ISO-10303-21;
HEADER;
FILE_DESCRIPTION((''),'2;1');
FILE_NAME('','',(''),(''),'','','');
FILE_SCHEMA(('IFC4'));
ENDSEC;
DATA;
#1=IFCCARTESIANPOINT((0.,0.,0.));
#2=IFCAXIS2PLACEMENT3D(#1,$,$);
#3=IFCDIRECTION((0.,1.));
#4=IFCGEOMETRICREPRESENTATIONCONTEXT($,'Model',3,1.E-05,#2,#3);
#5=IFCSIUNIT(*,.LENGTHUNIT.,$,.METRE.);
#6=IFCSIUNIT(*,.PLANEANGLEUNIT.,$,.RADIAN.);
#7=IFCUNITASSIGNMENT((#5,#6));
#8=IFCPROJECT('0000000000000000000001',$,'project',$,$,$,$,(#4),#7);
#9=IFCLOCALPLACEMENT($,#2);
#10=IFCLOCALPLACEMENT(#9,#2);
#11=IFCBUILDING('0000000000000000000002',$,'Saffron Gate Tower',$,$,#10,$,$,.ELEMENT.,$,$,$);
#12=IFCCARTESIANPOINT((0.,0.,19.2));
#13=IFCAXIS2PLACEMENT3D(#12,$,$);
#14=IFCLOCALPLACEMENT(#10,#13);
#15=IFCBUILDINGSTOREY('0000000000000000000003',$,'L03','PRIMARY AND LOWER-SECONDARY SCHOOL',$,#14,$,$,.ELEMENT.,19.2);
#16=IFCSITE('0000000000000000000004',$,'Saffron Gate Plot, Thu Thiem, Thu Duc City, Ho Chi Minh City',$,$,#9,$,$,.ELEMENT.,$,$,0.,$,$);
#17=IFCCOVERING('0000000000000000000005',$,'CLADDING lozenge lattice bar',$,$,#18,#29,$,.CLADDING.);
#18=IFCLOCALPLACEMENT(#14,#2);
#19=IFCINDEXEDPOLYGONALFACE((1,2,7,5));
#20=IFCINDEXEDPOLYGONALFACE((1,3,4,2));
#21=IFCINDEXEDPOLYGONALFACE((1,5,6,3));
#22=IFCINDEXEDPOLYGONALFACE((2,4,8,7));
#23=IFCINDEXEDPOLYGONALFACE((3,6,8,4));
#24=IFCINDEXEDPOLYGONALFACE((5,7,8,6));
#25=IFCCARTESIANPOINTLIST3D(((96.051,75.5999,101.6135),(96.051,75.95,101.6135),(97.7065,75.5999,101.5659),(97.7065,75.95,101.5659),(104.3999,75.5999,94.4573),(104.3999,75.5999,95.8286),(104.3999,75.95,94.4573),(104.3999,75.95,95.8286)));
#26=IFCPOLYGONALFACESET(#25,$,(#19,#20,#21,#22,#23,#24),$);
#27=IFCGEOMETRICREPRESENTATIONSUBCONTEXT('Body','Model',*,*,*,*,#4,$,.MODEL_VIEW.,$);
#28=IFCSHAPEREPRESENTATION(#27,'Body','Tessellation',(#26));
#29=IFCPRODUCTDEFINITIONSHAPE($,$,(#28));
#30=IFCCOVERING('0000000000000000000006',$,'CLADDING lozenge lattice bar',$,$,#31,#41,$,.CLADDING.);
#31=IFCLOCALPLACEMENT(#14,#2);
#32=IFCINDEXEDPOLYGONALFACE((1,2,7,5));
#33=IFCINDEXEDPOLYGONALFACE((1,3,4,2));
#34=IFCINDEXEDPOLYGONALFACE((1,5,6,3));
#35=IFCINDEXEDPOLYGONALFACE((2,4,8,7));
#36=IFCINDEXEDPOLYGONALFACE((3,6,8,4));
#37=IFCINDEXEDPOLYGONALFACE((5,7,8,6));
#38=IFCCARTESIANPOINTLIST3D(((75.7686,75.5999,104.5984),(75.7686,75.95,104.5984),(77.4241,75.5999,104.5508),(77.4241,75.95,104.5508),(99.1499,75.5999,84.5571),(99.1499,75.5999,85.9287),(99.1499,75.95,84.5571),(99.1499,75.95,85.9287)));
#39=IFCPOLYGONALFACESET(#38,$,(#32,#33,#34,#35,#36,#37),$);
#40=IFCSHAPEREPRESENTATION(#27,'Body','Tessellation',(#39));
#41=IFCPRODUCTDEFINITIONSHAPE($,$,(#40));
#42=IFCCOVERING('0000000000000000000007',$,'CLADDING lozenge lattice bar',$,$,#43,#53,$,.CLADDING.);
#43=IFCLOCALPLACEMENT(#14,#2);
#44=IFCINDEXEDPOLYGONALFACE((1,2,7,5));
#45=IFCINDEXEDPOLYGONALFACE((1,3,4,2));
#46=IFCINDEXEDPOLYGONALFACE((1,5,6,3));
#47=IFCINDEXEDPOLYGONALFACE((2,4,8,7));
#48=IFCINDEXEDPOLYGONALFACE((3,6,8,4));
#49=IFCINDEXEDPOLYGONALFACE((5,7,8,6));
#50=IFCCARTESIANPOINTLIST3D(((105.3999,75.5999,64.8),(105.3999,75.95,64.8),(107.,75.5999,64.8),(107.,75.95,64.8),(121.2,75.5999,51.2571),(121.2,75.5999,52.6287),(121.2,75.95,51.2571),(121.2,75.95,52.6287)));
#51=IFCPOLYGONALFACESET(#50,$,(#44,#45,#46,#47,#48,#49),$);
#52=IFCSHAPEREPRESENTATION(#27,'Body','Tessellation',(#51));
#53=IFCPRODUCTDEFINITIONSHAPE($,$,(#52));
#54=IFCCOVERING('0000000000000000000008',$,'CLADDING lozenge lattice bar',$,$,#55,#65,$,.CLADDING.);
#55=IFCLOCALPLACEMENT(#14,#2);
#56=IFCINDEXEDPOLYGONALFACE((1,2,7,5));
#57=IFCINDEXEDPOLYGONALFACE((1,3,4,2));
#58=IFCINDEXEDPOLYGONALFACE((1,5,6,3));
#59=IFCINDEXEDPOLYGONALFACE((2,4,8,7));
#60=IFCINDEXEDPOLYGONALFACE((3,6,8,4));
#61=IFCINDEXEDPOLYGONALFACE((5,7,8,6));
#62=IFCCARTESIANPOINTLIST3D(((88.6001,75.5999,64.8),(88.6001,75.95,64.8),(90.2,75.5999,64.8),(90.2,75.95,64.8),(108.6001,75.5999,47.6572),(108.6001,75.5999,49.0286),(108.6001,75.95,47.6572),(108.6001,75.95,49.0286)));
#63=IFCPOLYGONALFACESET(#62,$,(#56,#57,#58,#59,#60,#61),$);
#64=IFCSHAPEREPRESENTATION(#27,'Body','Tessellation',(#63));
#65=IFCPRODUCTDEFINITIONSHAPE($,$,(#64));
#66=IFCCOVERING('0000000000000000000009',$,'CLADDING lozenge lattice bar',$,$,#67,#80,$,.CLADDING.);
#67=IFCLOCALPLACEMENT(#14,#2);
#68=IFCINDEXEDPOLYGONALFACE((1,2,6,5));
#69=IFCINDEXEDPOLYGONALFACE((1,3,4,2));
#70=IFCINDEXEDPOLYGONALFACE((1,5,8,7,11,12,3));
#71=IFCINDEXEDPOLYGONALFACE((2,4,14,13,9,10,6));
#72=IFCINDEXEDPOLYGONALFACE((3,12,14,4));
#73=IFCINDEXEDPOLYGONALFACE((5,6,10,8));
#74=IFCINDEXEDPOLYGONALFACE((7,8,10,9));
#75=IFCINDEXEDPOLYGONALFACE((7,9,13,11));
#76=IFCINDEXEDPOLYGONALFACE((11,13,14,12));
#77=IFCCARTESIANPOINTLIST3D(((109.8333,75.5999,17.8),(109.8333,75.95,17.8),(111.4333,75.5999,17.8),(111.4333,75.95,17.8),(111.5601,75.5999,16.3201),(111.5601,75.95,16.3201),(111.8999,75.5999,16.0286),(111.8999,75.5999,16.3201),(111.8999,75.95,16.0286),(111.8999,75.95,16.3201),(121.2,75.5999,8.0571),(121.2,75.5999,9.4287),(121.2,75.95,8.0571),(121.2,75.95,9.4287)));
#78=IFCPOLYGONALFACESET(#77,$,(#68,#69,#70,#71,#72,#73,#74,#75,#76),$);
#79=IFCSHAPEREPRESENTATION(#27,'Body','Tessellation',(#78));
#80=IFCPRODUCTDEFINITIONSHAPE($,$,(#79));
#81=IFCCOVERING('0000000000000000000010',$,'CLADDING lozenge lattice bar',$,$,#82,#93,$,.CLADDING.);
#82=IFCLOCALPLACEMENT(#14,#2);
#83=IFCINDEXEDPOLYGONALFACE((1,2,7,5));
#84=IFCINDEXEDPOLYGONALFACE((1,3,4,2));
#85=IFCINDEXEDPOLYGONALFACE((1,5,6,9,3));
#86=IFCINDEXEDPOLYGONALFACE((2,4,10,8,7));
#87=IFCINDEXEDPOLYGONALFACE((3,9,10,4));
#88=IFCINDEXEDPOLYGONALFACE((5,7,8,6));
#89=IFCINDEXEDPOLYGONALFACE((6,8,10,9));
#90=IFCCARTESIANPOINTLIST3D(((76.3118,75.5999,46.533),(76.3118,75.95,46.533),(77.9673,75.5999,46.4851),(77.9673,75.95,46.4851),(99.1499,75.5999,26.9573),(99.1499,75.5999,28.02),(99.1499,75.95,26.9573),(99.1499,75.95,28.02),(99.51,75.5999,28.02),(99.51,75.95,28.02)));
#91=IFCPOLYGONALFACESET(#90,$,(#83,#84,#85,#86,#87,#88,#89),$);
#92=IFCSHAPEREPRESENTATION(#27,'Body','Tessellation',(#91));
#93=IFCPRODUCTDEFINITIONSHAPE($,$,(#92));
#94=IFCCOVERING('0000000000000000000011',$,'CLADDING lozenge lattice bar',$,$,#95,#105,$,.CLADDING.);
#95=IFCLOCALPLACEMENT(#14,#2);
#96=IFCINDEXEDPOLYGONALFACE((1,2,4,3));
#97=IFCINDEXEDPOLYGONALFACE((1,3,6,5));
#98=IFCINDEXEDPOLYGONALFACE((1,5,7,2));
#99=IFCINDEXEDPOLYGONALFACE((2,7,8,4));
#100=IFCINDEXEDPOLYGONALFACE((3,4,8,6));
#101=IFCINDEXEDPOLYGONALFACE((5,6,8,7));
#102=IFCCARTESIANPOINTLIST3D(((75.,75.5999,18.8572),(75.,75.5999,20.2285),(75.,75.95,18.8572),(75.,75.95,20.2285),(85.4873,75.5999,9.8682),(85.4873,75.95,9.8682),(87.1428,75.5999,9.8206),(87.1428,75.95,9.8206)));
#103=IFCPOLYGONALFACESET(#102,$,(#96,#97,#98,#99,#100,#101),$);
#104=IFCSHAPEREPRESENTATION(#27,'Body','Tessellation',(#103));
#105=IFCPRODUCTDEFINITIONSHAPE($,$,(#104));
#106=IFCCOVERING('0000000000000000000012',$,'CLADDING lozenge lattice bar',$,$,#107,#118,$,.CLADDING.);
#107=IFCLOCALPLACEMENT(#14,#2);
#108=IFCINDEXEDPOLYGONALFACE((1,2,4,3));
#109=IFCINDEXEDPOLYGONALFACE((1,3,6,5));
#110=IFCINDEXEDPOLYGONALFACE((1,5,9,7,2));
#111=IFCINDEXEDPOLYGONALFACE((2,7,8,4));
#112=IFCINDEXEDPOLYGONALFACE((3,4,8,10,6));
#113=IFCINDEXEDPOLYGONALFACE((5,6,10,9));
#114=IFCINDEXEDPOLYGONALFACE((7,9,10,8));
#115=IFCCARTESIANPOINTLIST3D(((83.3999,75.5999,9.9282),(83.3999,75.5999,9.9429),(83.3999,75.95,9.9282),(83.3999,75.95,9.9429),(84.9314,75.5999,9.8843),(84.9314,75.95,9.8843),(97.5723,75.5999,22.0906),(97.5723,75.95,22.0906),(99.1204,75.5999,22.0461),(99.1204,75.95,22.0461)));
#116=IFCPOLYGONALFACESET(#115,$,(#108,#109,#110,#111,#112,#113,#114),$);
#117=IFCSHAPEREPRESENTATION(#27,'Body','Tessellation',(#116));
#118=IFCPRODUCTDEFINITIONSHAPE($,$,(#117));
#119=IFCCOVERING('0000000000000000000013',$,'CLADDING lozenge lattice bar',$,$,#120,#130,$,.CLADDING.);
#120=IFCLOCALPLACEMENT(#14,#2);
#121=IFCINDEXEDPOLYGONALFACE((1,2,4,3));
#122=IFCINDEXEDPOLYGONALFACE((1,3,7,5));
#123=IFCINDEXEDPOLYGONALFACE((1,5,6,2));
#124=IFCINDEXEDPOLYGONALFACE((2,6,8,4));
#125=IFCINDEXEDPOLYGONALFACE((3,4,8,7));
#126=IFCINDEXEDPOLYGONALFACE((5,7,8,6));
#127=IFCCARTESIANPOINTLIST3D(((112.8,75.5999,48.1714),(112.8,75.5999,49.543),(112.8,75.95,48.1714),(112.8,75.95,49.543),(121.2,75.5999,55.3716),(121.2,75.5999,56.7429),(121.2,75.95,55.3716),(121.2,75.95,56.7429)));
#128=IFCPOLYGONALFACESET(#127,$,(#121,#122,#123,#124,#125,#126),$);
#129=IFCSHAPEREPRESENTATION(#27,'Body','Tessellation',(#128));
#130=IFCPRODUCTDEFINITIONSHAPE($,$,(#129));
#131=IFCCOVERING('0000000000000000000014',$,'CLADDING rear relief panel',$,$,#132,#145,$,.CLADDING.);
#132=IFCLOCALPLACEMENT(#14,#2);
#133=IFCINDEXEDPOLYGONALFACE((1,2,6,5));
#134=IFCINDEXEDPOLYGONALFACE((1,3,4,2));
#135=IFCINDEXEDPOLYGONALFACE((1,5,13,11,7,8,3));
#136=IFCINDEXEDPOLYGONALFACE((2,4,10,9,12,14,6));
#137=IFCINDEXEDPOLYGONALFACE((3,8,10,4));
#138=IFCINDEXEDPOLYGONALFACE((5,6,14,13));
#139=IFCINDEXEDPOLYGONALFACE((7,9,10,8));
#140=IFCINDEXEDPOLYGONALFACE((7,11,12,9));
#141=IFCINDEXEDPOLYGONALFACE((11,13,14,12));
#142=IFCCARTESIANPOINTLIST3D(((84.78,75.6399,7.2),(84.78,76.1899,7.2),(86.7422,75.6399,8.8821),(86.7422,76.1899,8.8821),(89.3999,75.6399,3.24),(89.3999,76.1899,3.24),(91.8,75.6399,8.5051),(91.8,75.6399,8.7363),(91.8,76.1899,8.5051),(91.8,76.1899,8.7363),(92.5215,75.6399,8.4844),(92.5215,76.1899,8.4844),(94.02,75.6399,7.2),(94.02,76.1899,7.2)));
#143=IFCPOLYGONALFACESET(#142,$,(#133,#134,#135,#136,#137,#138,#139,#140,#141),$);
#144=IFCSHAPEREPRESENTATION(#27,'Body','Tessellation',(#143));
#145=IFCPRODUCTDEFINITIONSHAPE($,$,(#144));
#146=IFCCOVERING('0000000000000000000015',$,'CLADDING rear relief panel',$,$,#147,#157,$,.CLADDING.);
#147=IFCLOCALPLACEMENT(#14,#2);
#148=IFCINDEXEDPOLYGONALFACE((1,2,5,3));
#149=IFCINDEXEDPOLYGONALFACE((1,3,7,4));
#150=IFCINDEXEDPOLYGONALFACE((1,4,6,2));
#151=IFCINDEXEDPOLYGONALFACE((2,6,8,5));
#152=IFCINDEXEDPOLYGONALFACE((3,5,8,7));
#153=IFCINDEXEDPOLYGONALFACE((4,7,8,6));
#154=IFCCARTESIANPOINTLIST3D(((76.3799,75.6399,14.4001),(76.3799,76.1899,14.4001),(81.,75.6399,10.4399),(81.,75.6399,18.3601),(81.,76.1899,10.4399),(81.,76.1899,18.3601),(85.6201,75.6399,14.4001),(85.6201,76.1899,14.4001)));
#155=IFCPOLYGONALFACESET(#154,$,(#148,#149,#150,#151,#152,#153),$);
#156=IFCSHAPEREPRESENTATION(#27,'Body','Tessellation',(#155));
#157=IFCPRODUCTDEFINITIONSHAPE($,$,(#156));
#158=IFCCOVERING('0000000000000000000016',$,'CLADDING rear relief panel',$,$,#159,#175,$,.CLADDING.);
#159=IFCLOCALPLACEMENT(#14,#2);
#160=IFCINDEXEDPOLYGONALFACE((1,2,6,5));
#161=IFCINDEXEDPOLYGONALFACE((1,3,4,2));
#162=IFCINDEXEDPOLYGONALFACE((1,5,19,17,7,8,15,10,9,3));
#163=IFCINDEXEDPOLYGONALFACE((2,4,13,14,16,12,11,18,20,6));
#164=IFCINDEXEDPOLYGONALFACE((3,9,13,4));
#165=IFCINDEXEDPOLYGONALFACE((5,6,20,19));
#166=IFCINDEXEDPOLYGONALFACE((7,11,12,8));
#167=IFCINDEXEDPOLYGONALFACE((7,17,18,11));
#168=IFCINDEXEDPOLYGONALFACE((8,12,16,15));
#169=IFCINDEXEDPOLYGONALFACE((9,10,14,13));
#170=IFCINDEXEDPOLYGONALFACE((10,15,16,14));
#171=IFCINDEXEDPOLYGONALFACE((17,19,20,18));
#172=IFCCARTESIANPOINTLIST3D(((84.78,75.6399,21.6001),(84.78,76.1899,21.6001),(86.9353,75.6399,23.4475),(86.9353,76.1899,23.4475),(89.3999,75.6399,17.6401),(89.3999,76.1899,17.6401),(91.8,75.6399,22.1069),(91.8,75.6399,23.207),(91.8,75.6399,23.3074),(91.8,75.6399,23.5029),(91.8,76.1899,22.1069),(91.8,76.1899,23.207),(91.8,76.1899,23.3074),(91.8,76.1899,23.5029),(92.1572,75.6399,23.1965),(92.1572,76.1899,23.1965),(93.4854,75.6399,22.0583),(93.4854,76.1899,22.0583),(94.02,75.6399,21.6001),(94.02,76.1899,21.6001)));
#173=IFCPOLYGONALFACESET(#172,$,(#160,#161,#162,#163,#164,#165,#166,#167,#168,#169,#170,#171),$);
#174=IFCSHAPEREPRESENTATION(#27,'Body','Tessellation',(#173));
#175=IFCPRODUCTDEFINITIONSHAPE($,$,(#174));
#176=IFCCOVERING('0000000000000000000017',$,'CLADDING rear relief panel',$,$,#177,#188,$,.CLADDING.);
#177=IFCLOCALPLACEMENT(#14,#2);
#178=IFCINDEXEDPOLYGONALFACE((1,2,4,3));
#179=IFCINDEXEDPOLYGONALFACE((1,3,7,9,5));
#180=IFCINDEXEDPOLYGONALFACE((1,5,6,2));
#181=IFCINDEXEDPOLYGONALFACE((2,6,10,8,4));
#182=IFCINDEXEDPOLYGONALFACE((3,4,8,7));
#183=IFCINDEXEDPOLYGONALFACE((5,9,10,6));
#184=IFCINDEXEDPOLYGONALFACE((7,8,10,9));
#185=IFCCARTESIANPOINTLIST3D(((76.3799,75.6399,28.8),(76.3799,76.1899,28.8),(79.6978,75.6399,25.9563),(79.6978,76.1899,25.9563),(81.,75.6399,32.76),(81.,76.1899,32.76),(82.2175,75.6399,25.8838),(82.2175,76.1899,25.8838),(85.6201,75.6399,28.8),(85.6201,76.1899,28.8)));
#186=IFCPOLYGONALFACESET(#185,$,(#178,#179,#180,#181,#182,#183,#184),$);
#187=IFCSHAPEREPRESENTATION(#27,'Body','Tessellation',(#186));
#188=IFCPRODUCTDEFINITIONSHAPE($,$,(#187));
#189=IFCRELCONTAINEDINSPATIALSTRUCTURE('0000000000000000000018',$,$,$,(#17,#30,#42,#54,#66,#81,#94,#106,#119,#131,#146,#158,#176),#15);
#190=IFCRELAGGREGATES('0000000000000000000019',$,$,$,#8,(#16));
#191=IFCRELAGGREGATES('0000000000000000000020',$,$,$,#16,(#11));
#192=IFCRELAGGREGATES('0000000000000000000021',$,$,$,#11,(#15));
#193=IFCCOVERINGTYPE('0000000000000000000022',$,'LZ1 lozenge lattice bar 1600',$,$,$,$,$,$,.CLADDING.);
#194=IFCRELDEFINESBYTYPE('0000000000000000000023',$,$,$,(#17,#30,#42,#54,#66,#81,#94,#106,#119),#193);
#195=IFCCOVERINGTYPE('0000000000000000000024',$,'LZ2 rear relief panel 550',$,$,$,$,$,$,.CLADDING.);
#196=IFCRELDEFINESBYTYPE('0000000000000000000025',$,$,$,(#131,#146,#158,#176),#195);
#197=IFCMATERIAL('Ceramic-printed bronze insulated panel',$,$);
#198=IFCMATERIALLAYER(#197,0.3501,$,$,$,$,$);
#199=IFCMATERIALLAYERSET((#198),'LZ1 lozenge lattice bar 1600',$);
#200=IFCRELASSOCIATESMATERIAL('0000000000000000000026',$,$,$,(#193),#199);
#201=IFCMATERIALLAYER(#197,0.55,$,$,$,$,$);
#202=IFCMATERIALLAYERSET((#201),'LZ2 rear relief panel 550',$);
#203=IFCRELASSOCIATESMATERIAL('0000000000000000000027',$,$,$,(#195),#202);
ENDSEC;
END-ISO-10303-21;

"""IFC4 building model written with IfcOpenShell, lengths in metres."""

from ifc_helpers import new_model, si_unit, direction, frame, origin, place, context, subcontext, project, spatial, polyline, outline, extrude, material, layer, layer_set, type_object, element, save


model = new_model("IFC4")

# Units and contexts
model_context = context("Model", 3, precision=1e-05, world=origin(), true_north=direction((0.0, 1.0)))
body_context = subcontext(model_context, "Body", "Model", "MODEL_VIEW")
ifc_project = project(units=[si_unit("LENGTHUNIT", "METRE"), si_unit("PLANEANGLEUNIT", "RADIAN")], contexts=[model_context])

# Site, building, storey
site_placement = place(None, origin())
site = spatial("IfcSite", under=ifc_project, at=site_placement, Name="Saffron Gate Plot, Thu Thiem, Thu Duc City, Ho Chi Minh City", CompositionType="ELEMENT", RefElevation=0.0)
building_placement = place(site_placement, origin())
building = spatial("IfcBuilding", under=site, at=building_placement, Name="Saffron Gate Tower", CompositionType="ELEMENT")
storey_placement = place(building_placement, frame((0.0, 0.0, 19.2)))
storey = spatial("IfcBuildingStorey", under=building, at=storey_placement, Name="L03", Description="PRIMARY AND LOWER-SECONDARY SCHOOL", CompositionType="ELEMENT", Elevation=19.2)

# Coverings
ifc_material = material(Name="Ceramic-printed bronze insulated panel")
ifc_layer_1 = layer(ifc_material, 0.3501)
ifc_layer_set_1 = layer_set([ifc_layer_1], Name="LZ1 lozenge lattice bar 1600")
covering_type_1 = type_object("IfcCoveringType", Name="LZ1 lozenge lattice bar 1600", PredefinedType="CLADDING", material=ifc_layer_set_1)
covering_1_placement = place(storey_placement, frame((104.3999, 75.95, 95.8286), z_axis=(0.0, 1.0, 0.0), x_axis=(0.0, 0.0, -1.0)))
element("IfcCovering", 1, at=covering_1_placement, inside=storey, type_object=covering_type_1, Name="CLADDING lozenge lattice bar", PredefinedType="CLADDING", context=body_context, shape_type="SweptSolid", body=[
    extrude(outline(polyline([(0.0, 0.0), (1.3713, 0.0), (-5.7849, 8.3489), (-5.7373, 6.6934), (0.0, 0.0)])), origin(), (0.0, 0.0, -1.0), 0.3501),
])
covering_2_placement = place(storey_placement, frame((99.1499, 75.95, 85.9287), z_axis=(0.0, 1.0, 0.0), x_axis=(0.0, 0.0, -1.0)))
element("IfcCovering", 2, at=covering_2_placement, inside=storey, type_object=covering_type_1, Name="CLADDING lozenge lattice bar", PredefinedType="CLADDING", context=body_context, shape_type="SweptSolid", body=[
    extrude(outline(polyline([(0.0, 0.0), (1.3716, 0.0), (-18.6697, 23.3813), (-18.6221, 21.7258), (0.0, 0.0)])), origin(), (0.0, 0.0, -1.0), 0.3501),
])
covering_3_placement = place(storey_placement, frame((121.2, 75.95, 51.2571), z_axis=(0.0, 1.0, 0.0), x_axis=(-0.759255, 0.0, 0.650793)))
element("IfcCovering", 3, at=covering_3_placement, inside=storey, type_object=covering_type_1, Name="CLADDING lozenge lattice bar", PredefinedType="CLADDING", context=body_context, shape_type="SweptSolid", body=[
    extrude(outline(polyline([(0.0, 0.0), (20.8099, 0.0), (19.5951, 1.0413), (0.8926, 1.0414), (0.0, 0.0)])), origin(), (0.0, 0.0, -1.0), 0.3501),
])
covering_4_placement = place(storey_placement, frame((108.6001, 75.95, 49.0286), z_axis=(0.0, 1.0, 0.0), x_axis=(0.0, 0.0, -1.0)))
element("IfcCovering", 4, at=covering_4_placement, inside=storey, type_object=covering_type_1, Name="CLADDING lozenge lattice bar", PredefinedType="CLADDING", context=body_context, shape_type="SweptSolid", body=[
    extrude(outline(polyline([(0.0, 0.0), (1.3713, 0.0), (-15.7715, 20.0), (-15.7715, 18.4001), (0.0, 0.0)])), origin(), (0.0, 0.0, -1.0), 0.3501),
])
covering_5_placement = place(storey_placement, frame((121.2, 75.95, 8.0571), z_axis=(0.0, 1.0, 0.0), x_axis=(-0.759258, 0.0, 0.65079)))
element("IfcCovering", 5, at=covering_5_placement, inside=storey, type_object=covering_type_1, Name="CLADDING lozenge lattice bar", PredefinedType="CLADDING", context=body_context, shape_type="SweptSolid", body=[
    extrude(outline(polyline([(0.0, 0.0), (12.2489, 0.0), (12.4386, 0.2213), (12.6966, 0.0002), (14.9708, 0.0001), (13.756, 1.0414), (0.8926, 1.0414), (0.0, 0.0)])), origin(), (0.0, 0.0, -1.0), 0.3501),
])
covering_6_placement = place(storey_placement, frame((99.51, 75.95, 28.02), z_axis=(0.0, 1.0, 0.0), x_axis=(-1.0, 0.0, 0.0)))
element("IfcCovering", 6, at=covering_6_placement, inside=storey, type_object=covering_type_1, Name="CLADDING lozenge lattice bar", PredefinedType="CLADDING", context=body_context, shape_type="SweptSolid", body=[
    extrude(outline(polyline([(0.0, 0.0), (0.3601, 0.0), (0.3601, -1.0627), (23.1982, 18.5129), (21.5427, 18.4651), (0.0, 0.0)])), origin(), (0.0, 0.0, -1.0), 0.3501),
])
covering_7_placement = place(storey_placement, frame((87.1428, 75.95, 9.8206), z_axis=(0.0, 1.0, 0.0), x_axis=(-0.999587, 0.0, 0.028745)))
element("IfcCovering", 7, at=covering_7_placement, inside=storey, type_object=covering_type_1, Name="CLADDING lozenge lattice bar", PredefinedType="CLADDING", context=body_context, shape_type="SweptSolid", body=[
    extrude(outline(polyline([(0.0, 0.0), (1.6562, 0.0), (12.3976, 8.6838), (12.437, 10.0546), (0.0, 0.0)])), origin(), (0.0, 0.0, -1.0), 0.3501),
])
covering_8_placement = place(storey_placement, frame((84.9314, 75.95, 9.8843), z_axis=(0.0, 1.0, 0.0), x_axis=(-0.999589, 0.0, 0.028683)))
element("IfcCovering", 8, at=covering_8_placement, inside=storey, type_object=covering_type_1, Name="CLADDING lozenge lattice bar", PredefinedType="CLADDING", context=body_context, shape_type="SweptSolid", body=[
    extrude(outline(polyline([(0.0, 0.0), (1.5321, 0.0), (1.5325, 0.0146), (-12.2856, 12.5638), (-13.8343, 12.5638), (0.0, 0.0)])), origin(), (0.0, 0.0, -1.0), 0.3501),
])
covering_9_placement = place(storey_placement, frame((112.8, 75.95, 48.1714), z_axis=(0.0, 1.0, 0.0), x_axis=(0.0, 0.0, 1.0)))
element("IfcCovering", 9, at=covering_9_placement, inside=storey, type_object=covering_type_1, Name="CLADDING lozenge lattice bar", PredefinedType="CLADDING", context=body_context, shape_type="SweptSolid", body=[
    extrude(outline(polyline([(0.0, 0.0), (1.3716, 0.0), (8.5715, 8.3999), (7.2002, 8.3999), (0.0, 0.0)])), origin(), (0.0, 0.0, -1.0), 0.3501),
])
ifc_layer_2 = layer(ifc_material, 0.55)
ifc_layer_set_2 = layer_set([ifc_layer_2], Name="LZ2 rear relief panel 550")
covering_type_2 = type_object("IfcCoveringType", Name="LZ2 rear relief panel 550", PredefinedType="CLADDING", material=ifc_layer_set_2)
covering_10_placement = place(storey_placement, frame((86.7422, 76.1899, 8.8821), z_axis=(0.0, 1.0, 0.0), x_axis=(0.999585, 0.0, -0.028805)))
element("IfcCovering", 10, at=covering_10_placement, inside=storey, type_object=covering_type_2, Name="CLADDING rear relief panel", PredefinedType="CLADDING", context=body_context, shape_type="SweptSolid", body=[
    extrude(outline(polyline([(0.0, 0.0), (5.06, 0.0), (5.0666, 0.2311), (5.7884, 0.2311), (7.3233, 1.4718), (2.8191, 5.5632), (-1.9129, 1.738), (0.0, 0.0)])), origin(), (0.0, 0.0, -1.0), 0.55),
])
covering_11_placement = place(storey_placement, frame((81.0, 76.1899, 18.3601), z_axis=(0.0, 1.0, 0.0), x_axis=(0.759268, 0.0, -0.650778)))
element("IfcCovering", 11, at=covering_11_placement, inside=storey, type_object=covering_type_2, Name="CLADDING rear relief panel", PredefinedType="CLADDING", context=body_context, shape_type="SweptSolid", body=[
    extrude(outline(polyline([(0.0, 0.0), (6.085, 0.0), (5.1543, 6.0135), (-0.9309, 6.0133), (0.0, 0.0)])), origin(), (0.0, 0.0, -1.0), 0.55),
])
covering_12_placement = place(storey_placement, frame((86.9353, 76.1899, 23.4475), z_axis=(0.0, 1.0, 0.0), x_axis=(0.999585, 0.0, -0.028795)))
element("IfcCovering", 12, at=covering_12_placement, inside=storey, type_object=covering_type_2, Name="CLADDING rear relief panel", PredefinedType="CLADDING", context=body_context, shape_type="SweptSolid", body=[
    extrude(outline(polyline([(0.0, 0.0), (4.8668, 0.0), (4.8611, -0.1955), (5.227, 0.1005), (4.8697, 0.1003), (4.9013, 1.1999), (6.5873, 1.2), (7.135, 1.6426), (2.6308, 5.734), (-2.1012, 1.9087), (0.0, 0.0)])), origin(), (0.0, 0.0, -1.0), 0.55),
])
covering_13_placement = place(storey_placement, frame((81.0, 76.1899, 32.76), z_axis=(0.0, 1.0, 0.0), x_axis=(0.759268, 0.0, -0.650778)))
element("IfcCovering", 13, at=covering_13_placement, inside=storey, type_object=covering_type_2, Name="CLADDING rear relief panel", PredefinedType="CLADDING", context=body_context, shape_type="SweptSolid", body=[
    extrude(outline(polyline([(0.0, 0.0), (6.085, 0.0), (5.3993, 4.4286), (3.439, 6.0133), (-0.9309, 6.0133), (0.0, 0.0)])), origin(), (0.0, 0.0, -1.0), 0.55),
])

save(model, "model.ifc")
